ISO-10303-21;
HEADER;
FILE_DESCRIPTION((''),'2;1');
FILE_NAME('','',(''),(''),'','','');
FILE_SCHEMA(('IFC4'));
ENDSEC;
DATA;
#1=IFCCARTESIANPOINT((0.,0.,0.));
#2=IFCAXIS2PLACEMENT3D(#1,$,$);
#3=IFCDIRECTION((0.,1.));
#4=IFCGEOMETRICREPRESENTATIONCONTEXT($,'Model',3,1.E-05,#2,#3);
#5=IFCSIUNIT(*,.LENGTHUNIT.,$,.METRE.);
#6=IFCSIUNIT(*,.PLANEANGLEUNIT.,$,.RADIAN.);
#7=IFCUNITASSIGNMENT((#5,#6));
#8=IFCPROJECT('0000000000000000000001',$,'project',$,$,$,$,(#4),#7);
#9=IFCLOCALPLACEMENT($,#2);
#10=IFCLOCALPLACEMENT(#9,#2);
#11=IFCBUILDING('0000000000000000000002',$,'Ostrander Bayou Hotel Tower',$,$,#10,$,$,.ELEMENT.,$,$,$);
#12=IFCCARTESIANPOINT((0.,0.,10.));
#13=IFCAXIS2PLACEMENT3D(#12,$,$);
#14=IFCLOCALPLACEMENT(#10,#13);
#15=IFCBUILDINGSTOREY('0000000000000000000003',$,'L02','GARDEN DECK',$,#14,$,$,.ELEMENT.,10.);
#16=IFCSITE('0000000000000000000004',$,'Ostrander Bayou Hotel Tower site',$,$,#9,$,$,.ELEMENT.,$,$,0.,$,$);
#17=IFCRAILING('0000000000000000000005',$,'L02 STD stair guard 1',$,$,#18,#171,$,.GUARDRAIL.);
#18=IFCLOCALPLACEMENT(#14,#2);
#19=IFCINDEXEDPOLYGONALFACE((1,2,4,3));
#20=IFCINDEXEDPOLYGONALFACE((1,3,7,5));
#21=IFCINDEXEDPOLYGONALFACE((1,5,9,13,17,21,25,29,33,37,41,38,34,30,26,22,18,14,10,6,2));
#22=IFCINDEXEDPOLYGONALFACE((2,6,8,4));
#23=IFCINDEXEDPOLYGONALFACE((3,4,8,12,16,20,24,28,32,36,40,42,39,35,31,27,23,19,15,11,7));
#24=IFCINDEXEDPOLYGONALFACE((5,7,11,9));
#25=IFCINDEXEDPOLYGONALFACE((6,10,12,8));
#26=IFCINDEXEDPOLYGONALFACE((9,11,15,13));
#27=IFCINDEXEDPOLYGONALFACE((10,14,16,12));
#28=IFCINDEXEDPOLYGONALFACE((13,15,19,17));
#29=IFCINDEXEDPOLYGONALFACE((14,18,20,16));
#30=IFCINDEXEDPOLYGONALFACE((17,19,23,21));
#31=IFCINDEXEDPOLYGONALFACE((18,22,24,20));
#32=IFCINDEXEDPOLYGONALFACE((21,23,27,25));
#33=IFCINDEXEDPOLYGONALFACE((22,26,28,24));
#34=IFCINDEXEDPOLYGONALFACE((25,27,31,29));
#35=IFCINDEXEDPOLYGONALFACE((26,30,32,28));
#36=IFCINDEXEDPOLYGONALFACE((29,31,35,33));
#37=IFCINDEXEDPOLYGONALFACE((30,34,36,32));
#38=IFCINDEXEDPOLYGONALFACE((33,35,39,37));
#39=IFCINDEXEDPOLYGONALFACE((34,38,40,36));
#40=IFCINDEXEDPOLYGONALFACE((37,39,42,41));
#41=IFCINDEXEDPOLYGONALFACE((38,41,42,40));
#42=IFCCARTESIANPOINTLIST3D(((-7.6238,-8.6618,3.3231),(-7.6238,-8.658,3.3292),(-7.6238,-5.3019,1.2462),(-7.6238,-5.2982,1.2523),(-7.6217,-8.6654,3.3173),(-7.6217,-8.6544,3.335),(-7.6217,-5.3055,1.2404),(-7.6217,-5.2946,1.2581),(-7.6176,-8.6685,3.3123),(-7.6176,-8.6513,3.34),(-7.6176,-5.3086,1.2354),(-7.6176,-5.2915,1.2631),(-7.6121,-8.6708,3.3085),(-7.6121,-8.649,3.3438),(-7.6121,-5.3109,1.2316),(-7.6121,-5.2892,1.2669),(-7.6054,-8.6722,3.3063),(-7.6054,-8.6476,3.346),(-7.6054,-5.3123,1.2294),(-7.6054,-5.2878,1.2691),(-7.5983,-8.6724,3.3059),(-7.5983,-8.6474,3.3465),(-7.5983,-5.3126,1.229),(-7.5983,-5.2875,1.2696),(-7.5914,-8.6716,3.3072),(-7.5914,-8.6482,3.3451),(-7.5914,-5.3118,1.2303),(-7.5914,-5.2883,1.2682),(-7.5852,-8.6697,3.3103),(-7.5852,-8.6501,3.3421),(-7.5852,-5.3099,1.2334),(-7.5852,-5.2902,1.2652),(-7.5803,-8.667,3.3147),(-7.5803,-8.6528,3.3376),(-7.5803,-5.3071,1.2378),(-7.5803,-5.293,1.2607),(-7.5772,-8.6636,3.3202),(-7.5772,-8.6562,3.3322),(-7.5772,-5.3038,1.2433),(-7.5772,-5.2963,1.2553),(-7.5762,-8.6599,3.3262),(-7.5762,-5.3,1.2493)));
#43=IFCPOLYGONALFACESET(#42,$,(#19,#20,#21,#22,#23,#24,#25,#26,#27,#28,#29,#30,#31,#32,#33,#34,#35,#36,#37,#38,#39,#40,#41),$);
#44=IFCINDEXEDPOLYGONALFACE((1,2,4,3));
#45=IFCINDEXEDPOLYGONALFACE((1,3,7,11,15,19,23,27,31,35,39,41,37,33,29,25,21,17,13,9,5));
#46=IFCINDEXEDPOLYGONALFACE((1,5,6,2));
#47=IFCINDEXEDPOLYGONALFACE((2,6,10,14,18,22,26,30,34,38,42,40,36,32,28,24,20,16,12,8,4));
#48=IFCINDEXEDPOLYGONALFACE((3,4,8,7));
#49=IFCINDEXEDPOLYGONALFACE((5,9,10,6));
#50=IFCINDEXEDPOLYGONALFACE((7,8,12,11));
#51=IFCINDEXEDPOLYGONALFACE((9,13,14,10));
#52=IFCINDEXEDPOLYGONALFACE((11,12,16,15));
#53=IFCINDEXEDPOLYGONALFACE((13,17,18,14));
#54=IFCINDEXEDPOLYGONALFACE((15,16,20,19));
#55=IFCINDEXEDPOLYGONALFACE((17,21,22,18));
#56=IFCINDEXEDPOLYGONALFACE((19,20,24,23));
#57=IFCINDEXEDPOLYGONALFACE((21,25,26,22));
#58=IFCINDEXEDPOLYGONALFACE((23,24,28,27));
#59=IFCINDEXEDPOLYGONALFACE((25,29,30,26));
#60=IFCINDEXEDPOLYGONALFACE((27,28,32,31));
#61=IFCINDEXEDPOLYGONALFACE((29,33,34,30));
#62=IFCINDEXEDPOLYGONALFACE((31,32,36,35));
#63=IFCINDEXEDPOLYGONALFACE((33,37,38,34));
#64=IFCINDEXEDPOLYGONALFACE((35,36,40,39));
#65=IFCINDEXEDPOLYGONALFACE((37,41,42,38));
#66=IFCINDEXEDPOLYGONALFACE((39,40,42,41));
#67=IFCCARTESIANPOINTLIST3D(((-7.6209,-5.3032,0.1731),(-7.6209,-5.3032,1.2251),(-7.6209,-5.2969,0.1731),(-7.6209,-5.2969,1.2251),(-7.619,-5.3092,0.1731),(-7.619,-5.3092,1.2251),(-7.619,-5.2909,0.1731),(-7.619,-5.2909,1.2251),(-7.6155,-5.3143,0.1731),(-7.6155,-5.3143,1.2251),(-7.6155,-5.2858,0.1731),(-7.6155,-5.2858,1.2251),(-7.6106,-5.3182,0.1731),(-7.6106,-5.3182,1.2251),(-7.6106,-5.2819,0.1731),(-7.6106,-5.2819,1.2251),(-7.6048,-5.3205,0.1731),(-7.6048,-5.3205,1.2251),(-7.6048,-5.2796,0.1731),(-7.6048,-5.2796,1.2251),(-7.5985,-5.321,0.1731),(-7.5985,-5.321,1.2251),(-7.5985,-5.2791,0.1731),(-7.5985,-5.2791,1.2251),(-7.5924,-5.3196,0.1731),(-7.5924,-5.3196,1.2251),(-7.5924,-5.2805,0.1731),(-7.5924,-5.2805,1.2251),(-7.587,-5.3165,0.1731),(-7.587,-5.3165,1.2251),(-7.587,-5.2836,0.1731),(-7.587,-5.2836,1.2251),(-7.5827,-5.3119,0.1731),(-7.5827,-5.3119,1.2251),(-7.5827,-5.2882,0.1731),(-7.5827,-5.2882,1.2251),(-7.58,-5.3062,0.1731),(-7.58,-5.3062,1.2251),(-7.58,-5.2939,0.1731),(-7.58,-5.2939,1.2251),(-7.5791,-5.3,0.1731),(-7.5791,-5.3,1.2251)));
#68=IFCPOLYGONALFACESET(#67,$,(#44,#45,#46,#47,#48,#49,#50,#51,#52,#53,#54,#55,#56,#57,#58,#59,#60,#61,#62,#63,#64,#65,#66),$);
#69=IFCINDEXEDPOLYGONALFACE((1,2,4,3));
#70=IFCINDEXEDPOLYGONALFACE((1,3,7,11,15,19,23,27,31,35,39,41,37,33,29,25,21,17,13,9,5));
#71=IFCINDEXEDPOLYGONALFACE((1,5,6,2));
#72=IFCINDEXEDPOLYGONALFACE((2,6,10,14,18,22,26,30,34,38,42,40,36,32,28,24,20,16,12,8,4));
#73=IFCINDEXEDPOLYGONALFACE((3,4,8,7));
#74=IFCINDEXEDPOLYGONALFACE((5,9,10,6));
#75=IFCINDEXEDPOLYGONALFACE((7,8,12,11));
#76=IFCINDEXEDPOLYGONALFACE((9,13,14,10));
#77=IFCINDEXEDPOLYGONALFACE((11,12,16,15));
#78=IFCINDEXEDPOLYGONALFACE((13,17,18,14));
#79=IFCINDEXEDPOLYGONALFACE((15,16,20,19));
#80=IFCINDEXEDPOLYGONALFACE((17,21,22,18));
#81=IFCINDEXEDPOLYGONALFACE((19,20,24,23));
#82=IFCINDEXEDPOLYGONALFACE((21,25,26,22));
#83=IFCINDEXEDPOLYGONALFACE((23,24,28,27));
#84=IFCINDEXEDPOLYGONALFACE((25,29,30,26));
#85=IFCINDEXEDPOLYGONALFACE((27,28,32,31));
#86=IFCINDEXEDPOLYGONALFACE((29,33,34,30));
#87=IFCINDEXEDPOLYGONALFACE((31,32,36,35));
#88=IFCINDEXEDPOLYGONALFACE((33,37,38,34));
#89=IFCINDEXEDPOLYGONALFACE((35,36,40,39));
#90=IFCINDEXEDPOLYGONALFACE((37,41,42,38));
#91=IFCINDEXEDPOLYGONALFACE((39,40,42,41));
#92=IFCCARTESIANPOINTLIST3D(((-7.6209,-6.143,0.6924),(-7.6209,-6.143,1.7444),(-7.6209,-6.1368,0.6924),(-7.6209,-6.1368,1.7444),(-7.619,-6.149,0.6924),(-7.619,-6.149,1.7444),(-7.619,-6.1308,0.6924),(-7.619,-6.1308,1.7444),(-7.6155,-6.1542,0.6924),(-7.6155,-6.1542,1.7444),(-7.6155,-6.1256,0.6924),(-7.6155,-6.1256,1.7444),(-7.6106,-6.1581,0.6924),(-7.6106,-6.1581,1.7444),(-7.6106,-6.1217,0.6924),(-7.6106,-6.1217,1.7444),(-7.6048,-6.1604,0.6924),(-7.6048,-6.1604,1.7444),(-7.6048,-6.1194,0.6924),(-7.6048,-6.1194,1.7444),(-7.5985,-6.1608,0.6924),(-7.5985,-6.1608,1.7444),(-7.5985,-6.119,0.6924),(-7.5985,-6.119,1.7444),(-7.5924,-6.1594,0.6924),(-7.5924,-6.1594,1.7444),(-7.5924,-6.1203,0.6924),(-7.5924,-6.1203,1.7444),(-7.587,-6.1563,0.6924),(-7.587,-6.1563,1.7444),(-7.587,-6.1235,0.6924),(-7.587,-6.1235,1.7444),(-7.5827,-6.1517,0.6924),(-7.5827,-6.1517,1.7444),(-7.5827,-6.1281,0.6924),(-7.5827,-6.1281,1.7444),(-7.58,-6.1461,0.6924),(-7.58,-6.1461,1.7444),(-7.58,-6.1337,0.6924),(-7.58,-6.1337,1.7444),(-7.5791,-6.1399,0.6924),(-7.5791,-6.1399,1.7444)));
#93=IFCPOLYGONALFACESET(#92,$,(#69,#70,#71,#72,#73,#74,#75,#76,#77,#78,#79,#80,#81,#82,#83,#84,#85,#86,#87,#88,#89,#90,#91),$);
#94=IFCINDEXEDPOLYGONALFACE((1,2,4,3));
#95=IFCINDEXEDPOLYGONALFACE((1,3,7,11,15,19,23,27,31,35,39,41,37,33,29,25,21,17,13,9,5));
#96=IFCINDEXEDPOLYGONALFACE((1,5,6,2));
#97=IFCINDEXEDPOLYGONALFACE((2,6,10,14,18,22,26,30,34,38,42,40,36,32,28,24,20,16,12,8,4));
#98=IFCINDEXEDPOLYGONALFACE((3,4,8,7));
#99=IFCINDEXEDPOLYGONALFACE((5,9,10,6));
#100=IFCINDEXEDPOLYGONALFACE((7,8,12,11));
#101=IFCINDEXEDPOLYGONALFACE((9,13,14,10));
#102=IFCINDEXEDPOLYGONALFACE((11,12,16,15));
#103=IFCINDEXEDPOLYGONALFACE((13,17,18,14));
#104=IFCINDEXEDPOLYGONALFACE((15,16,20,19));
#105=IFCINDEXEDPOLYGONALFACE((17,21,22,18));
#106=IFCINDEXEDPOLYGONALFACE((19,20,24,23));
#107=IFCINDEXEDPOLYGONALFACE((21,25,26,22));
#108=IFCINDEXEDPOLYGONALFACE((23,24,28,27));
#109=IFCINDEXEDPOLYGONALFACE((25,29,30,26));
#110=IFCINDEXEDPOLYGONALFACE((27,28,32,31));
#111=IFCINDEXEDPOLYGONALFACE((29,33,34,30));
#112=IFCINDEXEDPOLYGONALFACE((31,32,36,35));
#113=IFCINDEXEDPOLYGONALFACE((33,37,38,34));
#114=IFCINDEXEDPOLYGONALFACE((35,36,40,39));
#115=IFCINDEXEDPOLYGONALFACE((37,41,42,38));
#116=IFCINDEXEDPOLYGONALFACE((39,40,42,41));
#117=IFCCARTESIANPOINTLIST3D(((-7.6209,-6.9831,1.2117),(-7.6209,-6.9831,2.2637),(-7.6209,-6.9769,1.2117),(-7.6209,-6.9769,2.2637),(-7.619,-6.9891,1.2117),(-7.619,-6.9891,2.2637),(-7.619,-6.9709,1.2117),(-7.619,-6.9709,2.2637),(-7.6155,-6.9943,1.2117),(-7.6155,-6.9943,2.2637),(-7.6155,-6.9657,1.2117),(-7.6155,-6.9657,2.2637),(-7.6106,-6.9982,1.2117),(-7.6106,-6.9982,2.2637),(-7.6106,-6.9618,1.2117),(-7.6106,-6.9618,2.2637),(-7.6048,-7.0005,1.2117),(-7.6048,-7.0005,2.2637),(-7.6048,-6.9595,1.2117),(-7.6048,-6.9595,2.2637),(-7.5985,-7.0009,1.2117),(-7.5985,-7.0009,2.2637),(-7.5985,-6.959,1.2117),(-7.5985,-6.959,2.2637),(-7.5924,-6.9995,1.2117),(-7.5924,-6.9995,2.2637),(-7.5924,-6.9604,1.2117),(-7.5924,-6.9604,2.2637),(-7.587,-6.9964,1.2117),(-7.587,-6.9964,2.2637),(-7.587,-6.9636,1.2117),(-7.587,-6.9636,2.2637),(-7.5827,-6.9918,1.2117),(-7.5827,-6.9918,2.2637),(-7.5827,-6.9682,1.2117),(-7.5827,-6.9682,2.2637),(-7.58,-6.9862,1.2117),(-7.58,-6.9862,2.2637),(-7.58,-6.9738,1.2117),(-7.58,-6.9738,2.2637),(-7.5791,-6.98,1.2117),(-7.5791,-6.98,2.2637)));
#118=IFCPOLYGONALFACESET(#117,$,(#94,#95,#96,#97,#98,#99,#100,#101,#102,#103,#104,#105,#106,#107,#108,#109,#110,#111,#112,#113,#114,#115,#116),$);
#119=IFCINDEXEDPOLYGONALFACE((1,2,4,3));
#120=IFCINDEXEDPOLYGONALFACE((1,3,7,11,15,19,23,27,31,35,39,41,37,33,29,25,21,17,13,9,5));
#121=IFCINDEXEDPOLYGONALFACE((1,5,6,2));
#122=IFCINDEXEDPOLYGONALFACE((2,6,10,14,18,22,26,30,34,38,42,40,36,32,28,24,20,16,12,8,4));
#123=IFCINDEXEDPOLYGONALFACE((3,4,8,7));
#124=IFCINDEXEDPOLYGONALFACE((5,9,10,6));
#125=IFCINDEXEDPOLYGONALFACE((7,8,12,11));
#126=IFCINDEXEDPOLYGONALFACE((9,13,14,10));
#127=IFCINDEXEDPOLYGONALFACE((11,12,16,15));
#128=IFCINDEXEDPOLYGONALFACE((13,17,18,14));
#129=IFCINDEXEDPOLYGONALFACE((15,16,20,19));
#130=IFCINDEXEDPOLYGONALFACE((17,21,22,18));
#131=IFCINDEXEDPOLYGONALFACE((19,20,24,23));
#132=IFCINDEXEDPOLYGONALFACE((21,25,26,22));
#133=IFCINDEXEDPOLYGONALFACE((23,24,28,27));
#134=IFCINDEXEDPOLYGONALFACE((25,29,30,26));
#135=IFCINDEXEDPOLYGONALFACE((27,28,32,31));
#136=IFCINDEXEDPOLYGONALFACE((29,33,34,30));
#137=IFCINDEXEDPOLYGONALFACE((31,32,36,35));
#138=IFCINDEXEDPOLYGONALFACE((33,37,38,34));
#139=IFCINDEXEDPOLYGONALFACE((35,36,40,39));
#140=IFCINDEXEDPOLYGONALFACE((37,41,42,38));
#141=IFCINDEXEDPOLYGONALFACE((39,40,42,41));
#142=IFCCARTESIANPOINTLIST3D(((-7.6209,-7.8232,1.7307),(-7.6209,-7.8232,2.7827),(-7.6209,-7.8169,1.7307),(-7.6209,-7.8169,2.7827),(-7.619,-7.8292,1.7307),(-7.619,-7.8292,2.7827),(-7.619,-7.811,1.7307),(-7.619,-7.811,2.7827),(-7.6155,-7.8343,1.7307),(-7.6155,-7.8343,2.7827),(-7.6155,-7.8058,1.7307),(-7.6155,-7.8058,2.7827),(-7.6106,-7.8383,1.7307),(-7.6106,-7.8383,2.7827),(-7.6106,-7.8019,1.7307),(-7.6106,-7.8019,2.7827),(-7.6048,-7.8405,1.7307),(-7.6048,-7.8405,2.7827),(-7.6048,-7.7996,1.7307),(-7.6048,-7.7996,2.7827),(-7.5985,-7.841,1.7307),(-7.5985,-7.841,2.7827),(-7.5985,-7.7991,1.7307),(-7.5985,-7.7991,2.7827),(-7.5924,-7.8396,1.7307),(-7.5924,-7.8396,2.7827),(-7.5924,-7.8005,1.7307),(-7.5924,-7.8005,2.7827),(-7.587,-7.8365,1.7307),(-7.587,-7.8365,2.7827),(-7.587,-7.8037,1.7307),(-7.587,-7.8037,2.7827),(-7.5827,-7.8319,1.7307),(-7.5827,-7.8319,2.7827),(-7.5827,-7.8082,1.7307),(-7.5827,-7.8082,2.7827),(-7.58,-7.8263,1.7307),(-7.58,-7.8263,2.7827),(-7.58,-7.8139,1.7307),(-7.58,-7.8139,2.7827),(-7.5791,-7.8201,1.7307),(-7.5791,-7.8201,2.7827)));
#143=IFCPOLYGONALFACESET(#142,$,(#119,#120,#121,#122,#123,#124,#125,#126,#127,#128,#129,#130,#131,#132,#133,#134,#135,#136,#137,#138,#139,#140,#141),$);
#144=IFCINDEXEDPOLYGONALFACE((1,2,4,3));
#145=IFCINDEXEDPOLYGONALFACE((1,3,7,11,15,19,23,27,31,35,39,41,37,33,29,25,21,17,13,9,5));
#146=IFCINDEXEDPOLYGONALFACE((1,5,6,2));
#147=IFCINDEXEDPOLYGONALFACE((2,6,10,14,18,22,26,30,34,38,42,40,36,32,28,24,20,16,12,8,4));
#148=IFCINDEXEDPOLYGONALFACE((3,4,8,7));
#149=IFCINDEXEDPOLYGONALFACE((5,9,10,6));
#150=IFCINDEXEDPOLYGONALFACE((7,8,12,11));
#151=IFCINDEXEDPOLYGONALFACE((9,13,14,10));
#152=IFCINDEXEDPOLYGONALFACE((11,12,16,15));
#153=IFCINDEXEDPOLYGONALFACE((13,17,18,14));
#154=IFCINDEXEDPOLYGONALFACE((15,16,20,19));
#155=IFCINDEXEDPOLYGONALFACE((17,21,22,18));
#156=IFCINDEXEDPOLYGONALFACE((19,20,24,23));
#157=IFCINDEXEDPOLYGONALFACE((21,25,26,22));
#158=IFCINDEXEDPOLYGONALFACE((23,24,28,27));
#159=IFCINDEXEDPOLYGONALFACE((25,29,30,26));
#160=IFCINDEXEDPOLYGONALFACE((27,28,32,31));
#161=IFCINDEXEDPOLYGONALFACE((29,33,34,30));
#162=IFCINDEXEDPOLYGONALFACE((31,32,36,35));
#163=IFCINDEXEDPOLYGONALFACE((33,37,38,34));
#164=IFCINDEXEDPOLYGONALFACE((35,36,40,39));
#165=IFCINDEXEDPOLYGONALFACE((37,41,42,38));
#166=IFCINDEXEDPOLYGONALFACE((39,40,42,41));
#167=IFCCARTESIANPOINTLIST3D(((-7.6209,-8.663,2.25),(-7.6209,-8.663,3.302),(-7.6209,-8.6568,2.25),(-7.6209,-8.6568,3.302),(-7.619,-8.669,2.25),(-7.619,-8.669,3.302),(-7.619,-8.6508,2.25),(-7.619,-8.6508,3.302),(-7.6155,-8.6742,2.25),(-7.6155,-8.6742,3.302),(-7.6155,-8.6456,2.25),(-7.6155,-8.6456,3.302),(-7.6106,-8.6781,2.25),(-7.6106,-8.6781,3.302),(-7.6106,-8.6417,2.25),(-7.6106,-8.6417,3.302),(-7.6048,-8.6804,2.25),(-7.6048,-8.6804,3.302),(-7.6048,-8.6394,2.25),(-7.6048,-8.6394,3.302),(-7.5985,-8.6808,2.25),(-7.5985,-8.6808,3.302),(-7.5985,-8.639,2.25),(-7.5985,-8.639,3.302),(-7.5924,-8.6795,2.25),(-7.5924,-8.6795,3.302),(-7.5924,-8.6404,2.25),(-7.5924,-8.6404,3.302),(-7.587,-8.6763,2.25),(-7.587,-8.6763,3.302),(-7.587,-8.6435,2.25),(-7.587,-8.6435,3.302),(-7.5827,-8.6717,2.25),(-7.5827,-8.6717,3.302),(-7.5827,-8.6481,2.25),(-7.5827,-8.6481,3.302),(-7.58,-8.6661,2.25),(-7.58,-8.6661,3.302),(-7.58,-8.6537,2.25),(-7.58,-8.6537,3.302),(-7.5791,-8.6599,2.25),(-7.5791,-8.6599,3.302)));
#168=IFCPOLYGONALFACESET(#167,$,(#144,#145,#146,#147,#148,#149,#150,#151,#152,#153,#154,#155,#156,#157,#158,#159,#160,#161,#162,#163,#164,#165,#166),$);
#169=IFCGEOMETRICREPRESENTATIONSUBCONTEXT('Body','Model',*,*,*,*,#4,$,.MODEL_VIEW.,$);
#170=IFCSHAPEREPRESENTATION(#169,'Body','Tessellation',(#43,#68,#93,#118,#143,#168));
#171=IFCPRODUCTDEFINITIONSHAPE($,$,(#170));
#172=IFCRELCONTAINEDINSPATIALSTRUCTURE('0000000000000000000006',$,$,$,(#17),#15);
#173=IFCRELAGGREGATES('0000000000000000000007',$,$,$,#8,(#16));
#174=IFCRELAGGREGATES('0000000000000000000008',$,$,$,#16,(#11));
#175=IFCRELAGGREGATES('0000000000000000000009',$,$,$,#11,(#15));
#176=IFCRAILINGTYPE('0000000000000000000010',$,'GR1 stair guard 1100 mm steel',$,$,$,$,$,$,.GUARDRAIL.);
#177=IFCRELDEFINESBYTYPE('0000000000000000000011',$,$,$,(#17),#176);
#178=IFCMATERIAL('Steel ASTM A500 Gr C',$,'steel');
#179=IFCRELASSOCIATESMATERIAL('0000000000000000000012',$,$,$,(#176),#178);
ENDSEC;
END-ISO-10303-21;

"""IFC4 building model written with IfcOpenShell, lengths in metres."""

from ifc_helpers import new_model, si_unit, direction, frame, origin, origin_2d, place, context, subcontext, project, spatial, circle, extrude, material, type_object, element, save


model = new_model("IFC4")

# Units and contexts
model_context = context("Model", 3, precision=1e-05, world=origin(), true_north=direction((0.0, 1.0)))
body_context = subcontext(model_context, "Body", "Model", "MODEL_VIEW")
ifc_project = project(units=[si_unit("LENGTHUNIT", "METRE"), si_unit("PLANEANGLEUNIT", "RADIAN")], contexts=[model_context])

# Site, building, storey
site_placement = place(None, origin())
site = spatial("IfcSite", under=ifc_project, at=site_placement, Name="Ostrander Bayou Hotel Tower site", CompositionType="ELEMENT", RefElevation=0.0)
building_placement = place(site_placement, origin())
building = spatial("IfcBuilding", under=site, at=building_placement, Name="Ostrander Bayou Hotel Tower", CompositionType="ELEMENT")
storey_placement = place(building_placement, frame((0.0, 0.0, 10.0)))
storey = spatial("IfcBuildingStorey", under=building, at=storey_placement, Name="L02", Description="GARDEN DECK", CompositionType="ELEMENT", Elevation=10.0)

# Railing
ifc_material_1 = material(Name="Steel ASTM A500 Gr C", Category="steel")
railing_type_1 = type_object("IfcRailingType", Name="GR1 stair guard 1100 mm steel", PredefinedType="GUARDRAIL", material=ifc_material_1)
railing_1_placement = place(storey_placement, frame((-7.6001, -5.3, 0.1731)))
element("IfcRailing", 1, at=railing_1_placement, inside=storey, type_object=railing_type_1, Name="L02 STD stair guard 1", PredefinedType="GUARDRAIL", context=body_context, shape_type="SweptSolid", body=[
    extrude(circle(Radius=0.0239, at=origin_2d()), frame((0.0, 0.0, 1.0762), z_axis=(0.0, -0.850606, 0.525803), x_axis=(1.0, 0.0, 0.0)), (0.0, 0.0, 1.0), 3.95),
    extrude(circle(Radius=0.021, at=origin_2d()), origin(), (0.0, 0.0, 1.0), 1.052),
    extrude(circle(Radius=0.021, at=origin_2d()), frame((0.0, -0.8398, 0.5193)), (0.0, 0.0, 1.0), 1.052),
    extrude(circle(Radius=0.021, at=origin_2d()), frame((0.0, -1.6799, 1.0386)), (0.0, 0.0, 1.0), 1.052),
    extrude(circle(Radius=0.021, at=origin_2d()), frame((0.0, -2.52, 1.5576)), (0.0, 0.0, 1.0), 1.052),
    extrude(circle(Radius=0.021, at=origin_2d()), frame((0.0, -3.3599, 2.0769)), (0.0, 0.0, 1.0), 1.052),
])

save(model, "model.ifc")
